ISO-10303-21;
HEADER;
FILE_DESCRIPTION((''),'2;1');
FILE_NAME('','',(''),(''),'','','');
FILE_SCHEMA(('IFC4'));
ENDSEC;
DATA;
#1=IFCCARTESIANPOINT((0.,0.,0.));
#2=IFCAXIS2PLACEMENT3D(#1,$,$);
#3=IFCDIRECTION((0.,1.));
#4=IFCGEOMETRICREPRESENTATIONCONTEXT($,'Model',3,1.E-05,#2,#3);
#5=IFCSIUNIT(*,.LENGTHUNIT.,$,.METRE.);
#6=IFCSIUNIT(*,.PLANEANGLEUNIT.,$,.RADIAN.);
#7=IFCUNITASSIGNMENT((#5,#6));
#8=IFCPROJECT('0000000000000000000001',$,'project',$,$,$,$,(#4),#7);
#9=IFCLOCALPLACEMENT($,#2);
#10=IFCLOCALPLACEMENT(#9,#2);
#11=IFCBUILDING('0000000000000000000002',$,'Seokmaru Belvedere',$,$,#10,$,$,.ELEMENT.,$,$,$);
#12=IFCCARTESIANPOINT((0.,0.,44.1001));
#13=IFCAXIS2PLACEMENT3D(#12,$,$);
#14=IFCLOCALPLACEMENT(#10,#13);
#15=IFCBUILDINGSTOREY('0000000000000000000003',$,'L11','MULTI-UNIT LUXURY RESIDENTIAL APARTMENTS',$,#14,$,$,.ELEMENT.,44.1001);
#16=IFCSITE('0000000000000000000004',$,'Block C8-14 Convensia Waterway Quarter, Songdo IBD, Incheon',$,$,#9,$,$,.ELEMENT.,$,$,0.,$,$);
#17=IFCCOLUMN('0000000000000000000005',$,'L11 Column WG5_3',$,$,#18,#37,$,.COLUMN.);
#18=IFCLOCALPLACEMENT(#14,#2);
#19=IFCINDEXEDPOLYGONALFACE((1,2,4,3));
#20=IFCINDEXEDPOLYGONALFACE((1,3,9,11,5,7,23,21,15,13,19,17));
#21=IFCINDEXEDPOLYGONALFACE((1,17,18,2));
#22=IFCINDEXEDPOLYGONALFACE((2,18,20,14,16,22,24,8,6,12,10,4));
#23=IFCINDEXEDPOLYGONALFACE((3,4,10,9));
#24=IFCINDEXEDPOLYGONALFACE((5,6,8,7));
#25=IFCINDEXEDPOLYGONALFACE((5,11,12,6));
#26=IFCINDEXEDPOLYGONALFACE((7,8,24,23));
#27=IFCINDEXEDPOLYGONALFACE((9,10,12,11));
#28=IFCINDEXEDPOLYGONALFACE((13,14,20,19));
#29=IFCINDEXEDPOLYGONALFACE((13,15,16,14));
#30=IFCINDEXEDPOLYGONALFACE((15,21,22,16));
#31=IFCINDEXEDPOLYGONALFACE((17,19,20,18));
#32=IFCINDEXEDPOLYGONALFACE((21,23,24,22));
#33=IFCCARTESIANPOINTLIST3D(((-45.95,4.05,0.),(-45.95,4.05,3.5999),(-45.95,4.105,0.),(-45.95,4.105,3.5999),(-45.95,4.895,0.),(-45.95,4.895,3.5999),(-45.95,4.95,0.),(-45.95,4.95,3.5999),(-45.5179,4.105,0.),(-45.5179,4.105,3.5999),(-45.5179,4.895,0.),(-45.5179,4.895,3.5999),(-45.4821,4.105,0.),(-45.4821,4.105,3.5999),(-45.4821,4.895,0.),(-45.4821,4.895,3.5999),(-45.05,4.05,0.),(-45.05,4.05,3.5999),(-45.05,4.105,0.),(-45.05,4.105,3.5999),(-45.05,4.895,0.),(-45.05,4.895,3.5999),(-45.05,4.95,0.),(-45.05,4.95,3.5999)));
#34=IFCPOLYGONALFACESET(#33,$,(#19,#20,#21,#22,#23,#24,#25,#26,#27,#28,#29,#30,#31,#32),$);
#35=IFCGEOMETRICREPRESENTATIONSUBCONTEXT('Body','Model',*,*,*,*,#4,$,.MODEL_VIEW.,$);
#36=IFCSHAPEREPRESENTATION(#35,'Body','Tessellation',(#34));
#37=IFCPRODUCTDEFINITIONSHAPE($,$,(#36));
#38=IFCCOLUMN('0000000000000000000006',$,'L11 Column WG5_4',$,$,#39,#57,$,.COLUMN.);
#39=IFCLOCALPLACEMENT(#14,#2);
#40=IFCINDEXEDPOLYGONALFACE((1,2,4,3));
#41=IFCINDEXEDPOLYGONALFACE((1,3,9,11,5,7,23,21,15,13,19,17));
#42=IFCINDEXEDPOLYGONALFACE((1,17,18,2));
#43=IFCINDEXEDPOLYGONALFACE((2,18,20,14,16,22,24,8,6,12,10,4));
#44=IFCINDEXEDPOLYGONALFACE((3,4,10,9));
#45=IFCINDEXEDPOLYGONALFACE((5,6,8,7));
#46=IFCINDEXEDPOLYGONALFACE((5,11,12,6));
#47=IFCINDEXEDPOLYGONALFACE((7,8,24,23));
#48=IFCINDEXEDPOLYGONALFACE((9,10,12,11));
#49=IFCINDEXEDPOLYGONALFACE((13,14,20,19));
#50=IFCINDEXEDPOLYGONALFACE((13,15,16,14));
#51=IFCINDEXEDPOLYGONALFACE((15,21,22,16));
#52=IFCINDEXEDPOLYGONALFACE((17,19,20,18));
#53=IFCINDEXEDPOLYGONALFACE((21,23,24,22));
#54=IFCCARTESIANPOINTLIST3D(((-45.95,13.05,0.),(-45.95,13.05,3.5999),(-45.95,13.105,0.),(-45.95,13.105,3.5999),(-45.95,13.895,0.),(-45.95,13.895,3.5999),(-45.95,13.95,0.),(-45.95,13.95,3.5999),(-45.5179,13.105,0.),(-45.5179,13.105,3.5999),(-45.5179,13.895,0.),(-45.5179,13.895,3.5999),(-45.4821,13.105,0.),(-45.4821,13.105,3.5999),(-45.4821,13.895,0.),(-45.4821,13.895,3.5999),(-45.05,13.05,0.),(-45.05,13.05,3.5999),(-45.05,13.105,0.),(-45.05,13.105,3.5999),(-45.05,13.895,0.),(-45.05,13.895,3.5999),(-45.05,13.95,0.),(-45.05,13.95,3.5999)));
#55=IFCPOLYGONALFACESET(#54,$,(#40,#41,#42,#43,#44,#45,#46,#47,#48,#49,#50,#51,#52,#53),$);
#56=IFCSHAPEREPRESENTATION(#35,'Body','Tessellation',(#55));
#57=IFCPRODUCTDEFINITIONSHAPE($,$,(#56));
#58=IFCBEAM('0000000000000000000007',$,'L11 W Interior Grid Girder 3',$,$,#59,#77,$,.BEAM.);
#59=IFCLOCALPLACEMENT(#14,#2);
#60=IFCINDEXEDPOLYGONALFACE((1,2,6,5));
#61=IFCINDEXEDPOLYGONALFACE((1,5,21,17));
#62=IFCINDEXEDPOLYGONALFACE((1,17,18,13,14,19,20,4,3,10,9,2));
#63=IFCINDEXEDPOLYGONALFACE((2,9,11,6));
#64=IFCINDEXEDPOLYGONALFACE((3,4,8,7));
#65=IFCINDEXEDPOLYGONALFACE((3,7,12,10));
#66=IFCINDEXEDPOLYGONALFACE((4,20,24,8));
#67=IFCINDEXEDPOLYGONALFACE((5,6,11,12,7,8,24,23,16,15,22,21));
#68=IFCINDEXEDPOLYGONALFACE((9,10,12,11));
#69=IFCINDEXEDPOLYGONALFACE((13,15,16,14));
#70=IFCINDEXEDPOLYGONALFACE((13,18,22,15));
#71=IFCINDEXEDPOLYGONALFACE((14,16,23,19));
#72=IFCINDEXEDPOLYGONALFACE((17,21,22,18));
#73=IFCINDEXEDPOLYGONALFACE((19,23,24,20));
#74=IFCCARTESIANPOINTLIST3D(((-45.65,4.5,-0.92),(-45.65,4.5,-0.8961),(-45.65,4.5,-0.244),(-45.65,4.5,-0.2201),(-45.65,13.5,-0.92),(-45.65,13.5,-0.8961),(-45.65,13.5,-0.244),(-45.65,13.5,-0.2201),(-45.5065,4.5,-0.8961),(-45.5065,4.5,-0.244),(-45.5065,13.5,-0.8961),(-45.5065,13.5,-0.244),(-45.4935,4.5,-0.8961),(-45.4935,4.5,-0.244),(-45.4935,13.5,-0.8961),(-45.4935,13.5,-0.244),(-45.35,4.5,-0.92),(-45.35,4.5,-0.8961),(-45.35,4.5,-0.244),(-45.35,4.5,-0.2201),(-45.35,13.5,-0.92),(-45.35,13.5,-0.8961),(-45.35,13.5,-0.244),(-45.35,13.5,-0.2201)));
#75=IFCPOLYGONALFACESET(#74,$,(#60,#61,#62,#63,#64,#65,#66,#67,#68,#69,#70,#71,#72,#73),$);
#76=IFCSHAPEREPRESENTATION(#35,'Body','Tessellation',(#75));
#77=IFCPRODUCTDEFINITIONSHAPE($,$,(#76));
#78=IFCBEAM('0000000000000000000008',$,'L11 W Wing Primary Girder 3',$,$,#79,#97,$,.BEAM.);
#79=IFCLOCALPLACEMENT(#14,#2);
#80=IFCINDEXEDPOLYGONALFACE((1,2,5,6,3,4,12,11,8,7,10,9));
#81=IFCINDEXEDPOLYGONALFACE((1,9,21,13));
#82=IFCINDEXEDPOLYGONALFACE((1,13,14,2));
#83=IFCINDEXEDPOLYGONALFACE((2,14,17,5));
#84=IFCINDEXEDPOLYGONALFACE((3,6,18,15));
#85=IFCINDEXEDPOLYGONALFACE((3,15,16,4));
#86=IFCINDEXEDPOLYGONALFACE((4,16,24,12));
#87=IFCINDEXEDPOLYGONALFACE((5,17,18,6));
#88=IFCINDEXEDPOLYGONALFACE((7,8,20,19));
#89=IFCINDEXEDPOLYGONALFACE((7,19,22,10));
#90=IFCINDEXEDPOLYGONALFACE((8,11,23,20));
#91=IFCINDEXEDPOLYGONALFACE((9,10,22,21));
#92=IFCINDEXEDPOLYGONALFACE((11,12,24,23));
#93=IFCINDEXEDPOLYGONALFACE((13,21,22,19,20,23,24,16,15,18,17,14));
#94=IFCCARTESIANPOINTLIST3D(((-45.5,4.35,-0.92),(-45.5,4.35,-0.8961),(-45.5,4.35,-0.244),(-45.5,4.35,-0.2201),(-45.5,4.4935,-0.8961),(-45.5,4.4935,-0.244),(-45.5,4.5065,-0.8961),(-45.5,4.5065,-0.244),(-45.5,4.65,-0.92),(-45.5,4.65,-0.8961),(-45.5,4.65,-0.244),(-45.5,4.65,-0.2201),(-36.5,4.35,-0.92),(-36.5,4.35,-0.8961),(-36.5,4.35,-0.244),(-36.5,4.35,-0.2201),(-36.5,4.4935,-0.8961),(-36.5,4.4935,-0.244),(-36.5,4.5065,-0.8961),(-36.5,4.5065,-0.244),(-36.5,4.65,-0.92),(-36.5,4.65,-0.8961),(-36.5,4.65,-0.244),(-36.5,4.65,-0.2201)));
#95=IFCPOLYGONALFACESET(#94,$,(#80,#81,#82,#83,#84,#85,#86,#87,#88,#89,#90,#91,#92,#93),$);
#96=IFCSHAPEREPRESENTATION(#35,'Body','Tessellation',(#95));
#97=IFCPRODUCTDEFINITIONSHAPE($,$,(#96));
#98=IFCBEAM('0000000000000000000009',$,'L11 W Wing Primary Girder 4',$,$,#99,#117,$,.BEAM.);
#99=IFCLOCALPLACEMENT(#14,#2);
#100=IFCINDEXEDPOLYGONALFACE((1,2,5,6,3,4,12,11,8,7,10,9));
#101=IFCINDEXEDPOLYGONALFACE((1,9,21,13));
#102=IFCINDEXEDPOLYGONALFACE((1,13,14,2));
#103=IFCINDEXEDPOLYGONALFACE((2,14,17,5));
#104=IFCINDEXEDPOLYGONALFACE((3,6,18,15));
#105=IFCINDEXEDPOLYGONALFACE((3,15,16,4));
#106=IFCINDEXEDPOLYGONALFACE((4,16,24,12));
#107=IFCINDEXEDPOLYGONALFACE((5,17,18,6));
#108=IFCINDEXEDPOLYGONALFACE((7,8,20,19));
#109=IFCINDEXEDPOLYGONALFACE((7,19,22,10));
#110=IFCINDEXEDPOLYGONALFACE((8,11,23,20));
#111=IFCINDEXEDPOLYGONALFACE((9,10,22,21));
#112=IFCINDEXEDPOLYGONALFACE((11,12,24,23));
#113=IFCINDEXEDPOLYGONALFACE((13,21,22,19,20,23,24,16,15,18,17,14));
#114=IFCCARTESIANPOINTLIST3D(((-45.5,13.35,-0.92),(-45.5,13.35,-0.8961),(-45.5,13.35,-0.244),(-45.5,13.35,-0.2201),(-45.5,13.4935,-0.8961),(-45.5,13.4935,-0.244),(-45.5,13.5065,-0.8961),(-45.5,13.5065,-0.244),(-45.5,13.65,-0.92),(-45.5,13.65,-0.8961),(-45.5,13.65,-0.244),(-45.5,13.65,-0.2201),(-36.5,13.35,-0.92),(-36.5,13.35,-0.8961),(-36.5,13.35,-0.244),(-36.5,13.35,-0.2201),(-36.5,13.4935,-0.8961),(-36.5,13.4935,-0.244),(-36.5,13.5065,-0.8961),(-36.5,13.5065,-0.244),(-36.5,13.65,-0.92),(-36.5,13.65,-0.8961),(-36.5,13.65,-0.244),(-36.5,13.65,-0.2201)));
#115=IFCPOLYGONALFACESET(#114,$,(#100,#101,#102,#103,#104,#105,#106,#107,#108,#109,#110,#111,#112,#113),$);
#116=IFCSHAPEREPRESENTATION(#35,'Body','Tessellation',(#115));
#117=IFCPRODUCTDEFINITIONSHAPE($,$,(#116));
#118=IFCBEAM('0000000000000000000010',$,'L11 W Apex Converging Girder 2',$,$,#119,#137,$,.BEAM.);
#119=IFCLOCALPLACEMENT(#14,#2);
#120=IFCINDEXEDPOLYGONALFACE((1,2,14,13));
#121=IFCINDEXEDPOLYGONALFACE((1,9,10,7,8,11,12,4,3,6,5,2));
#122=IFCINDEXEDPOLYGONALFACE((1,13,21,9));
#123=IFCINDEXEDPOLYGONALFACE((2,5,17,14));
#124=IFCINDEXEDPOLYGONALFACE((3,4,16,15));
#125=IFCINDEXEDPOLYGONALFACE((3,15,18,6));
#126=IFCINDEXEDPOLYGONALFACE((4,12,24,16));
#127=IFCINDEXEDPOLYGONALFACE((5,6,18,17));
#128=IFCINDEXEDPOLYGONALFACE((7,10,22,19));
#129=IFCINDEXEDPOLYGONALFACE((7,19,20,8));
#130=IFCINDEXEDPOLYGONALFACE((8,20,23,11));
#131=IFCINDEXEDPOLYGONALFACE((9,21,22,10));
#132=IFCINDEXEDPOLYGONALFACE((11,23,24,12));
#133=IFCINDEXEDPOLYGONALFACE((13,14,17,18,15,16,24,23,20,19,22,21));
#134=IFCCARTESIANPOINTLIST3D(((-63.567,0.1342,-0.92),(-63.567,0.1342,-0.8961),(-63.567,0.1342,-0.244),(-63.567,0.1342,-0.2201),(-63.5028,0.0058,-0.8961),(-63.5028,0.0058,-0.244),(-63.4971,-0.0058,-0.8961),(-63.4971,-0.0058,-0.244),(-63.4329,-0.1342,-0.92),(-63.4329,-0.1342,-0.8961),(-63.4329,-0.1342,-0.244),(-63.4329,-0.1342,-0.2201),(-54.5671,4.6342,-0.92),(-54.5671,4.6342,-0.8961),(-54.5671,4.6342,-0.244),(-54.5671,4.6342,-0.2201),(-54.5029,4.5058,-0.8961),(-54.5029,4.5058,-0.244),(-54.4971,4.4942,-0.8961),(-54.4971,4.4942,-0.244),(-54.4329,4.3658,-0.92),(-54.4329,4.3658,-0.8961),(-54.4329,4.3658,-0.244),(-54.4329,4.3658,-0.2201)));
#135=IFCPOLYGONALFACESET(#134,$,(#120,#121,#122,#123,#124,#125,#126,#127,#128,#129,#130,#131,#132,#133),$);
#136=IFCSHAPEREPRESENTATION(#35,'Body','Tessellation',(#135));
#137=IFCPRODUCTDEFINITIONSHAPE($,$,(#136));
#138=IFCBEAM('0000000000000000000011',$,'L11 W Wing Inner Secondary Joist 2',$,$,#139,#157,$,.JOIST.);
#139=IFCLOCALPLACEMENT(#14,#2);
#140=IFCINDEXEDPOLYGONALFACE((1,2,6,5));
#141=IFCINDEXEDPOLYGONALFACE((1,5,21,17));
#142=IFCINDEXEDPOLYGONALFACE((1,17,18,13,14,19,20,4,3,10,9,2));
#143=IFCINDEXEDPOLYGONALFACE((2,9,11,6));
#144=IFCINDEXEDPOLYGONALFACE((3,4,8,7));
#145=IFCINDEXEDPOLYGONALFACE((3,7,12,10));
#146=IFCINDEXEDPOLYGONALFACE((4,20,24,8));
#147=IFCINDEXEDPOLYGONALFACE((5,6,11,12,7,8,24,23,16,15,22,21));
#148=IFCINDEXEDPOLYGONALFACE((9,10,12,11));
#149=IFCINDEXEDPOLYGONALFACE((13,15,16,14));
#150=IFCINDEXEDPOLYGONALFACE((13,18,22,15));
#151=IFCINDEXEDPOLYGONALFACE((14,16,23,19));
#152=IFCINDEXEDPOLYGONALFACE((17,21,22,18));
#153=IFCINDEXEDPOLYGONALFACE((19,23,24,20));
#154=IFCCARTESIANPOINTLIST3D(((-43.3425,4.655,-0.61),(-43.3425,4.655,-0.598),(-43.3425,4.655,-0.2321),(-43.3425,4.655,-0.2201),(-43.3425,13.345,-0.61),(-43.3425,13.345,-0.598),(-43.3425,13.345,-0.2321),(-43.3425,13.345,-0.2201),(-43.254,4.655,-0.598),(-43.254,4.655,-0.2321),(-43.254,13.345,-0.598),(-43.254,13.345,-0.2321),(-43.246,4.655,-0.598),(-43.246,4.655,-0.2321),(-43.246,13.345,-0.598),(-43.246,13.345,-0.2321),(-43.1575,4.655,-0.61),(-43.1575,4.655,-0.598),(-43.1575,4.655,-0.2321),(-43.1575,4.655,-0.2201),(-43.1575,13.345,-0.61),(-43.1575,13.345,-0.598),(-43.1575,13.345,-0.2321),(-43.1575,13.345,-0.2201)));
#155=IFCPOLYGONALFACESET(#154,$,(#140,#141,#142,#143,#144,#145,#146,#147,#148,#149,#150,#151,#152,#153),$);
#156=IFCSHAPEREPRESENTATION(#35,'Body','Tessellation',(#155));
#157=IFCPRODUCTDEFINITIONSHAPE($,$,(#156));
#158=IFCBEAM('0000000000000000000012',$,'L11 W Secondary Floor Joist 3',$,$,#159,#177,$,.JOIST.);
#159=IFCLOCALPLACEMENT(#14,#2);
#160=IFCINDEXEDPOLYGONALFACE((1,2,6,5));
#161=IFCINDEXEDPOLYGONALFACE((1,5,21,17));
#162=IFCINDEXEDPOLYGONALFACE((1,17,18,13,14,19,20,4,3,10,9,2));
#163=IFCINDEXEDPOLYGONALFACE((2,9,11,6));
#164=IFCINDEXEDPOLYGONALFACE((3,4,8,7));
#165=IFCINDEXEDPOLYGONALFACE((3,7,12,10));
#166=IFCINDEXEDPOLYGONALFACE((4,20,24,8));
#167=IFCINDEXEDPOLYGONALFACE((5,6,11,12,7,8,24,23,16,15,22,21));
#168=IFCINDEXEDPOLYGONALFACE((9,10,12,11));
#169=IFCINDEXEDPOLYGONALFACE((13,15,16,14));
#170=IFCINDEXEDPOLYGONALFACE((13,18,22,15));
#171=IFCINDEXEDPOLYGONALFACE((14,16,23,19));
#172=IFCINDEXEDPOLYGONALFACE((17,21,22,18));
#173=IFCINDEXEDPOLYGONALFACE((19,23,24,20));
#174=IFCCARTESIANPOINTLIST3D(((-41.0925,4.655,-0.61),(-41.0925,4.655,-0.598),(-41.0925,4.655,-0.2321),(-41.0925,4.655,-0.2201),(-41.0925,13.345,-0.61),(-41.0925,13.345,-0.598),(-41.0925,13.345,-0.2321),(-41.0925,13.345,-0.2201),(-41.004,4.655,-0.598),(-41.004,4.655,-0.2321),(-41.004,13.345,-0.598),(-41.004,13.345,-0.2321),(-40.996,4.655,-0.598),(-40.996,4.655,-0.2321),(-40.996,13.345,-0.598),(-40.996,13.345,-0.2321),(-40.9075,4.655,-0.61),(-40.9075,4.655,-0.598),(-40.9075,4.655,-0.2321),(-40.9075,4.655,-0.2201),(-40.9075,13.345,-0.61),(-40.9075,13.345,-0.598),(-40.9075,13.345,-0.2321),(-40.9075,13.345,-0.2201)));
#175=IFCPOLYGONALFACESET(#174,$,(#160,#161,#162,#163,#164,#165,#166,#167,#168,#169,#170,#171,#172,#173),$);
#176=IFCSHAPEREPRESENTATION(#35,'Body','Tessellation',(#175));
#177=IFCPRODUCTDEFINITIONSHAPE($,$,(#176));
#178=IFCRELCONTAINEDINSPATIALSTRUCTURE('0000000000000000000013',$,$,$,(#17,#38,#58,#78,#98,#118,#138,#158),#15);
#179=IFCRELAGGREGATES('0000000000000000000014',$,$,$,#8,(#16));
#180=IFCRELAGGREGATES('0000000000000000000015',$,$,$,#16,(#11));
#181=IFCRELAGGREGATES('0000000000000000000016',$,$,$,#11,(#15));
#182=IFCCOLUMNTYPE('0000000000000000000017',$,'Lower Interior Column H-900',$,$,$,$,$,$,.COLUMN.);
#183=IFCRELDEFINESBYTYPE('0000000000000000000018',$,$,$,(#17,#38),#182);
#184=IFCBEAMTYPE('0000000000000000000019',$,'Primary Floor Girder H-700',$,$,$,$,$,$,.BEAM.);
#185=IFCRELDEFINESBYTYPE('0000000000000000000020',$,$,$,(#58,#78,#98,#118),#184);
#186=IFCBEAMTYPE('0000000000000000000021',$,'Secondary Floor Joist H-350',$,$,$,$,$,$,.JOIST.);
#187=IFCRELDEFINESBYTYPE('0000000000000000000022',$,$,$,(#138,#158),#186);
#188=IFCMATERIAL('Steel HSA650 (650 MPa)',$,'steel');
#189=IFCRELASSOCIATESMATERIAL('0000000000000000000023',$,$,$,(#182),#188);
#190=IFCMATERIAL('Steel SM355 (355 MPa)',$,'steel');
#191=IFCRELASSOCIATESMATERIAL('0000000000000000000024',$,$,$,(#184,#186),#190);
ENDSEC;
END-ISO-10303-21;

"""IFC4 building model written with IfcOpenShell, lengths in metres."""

from ifc_helpers import new_model, si_unit, direction, frame, origin, origin_2d, place, context, subcontext, project, spatial, i_section, extrude, source, transform, mapped, material, material_profile, profile_set, type_object, type_shapes, element, save


model = new_model("IFC4")

# Units and contexts
model_context = context("Model", 3, precision=1e-05, world=origin(), true_north=direction((0.0, 1.0)))
body_context = subcontext(model_context, "Body", "Model", "MODEL_VIEW")
ifc_project = project(units=[si_unit("LENGTHUNIT", "METRE"), si_unit("PLANEANGLEUNIT", "RADIAN")], contexts=[model_context])

# Site, building, storey
site_placement = place(None, origin())
site = spatial("IfcSite", under=ifc_project, at=site_placement, Name="Block C8-14 Convensia Waterway Quarter, Songdo IBD, Incheon", CompositionType="ELEMENT", RefElevation=0.0)
building_placement = place(site_placement, origin())
building = spatial("IfcBuilding", under=site, at=building_placement, Name="Seokmaru Belvedere", CompositionType="ELEMENT")
storey_placement = place(building_placement, frame((0.0, 0.0, 44.1001)))
storey = spatial("IfcBuildingStorey", under=building, at=storey_placement, Name="L11", Description="MULTI-UNIT LUXURY RESIDENTIAL APARTMENTS", CompositionType="ELEMENT", Elevation=44.1001)

# Columns
ifc_material_1 = material(Name="Steel HSA650 (650 MPa)", Category="steel")
ifc_material_profile_1 = material_profile(ifc_material_1, i_section(OverallWidth=0.8999, OverallDepth=0.8999, WebThickness=0.0359, FlangeThickness=0.0549, at=origin_2d()), Name="H-900x900x36x55")
ifc_profile_set_1 = profile_set([ifc_material_profile_1], Name="Steel HSA650 (650 MPa)")
column_type = type_object("IfcColumnType", Name="Lower Interior Column H-900", PredefinedType="COLUMN", material=ifc_profile_set_1)
shared_shape_1 = source(origin(), body_context, "Body", "SweptSolid", [
    extrude(i_section(OverallWidth=0.8999, OverallDepth=0.8999, WebThickness=0.0359, FlangeThickness=0.0549, at=origin_2d()), origin(), (0.0, 0.0, 1.0), 3.5999),
])
type_shapes(column_type, [shared_shape_1])
for number, where, z_axis, x_axis, name in (
    (1, (-45.5, 4.5, 0.0), (0.0, 0.0, 1.0), (1.0, 0.0, 0.0), "L11 Column WG5_3"),
    (2, (-45.5, 13.5, 0.0), (0.0, 0.0, 1.0), (1.0, 0.0, 0.0), "L11 Column WG5_4"),
):
    element("IfcColumn", number, at=place(storey_placement, frame(where, z_axis=z_axis, x_axis=x_axis)), inside=storey, type_object=column_type, Name=name, PredefinedType="COLUMN", context=body_context, shape_type="MappedRepresentation", body=[
        mapped(shared_shape_1, transform((0.0, 0.0, 0.0), scale=1.0)),
    ])

# Beams
ifc_material_2 = material(Name="Steel SM355 (355 MPa)", Category="steel")
ifc_material_profile_2 = material_profile(ifc_material_2, i_section(OverallWidth=0.3, OverallDepth=0.7, WebThickness=0.0129, FlangeThickness=0.0239, at=origin_2d()), Name="H-700x300x13x24")
ifc_profile_set_2 = profile_set([ifc_material_profile_2], Name="Steel SM355 (355 MPa)")
beam_type_1 = type_object("IfcBeamType", Name="Primary Floor Girder H-700", PredefinedType="BEAM", material=ifc_profile_set_2)
shared_shape_2 = source(origin(), body_context, "Body", "SweptSolid", [
    extrude(i_section(OverallWidth=0.3, OverallDepth=0.7, WebThickness=0.0129, FlangeThickness=0.0239, at=origin_2d()), origin(), (0.0, 0.0, 1.0), 9.0),
])
for number, where, z_axis, x_axis, name in (
    (3, (-45.5, 4.5, -0.5701), (0.0, 1.0, 0.0), (-1.0, 0.0, 0.0), "L11 W Interior Grid Girder 3"),
    (4, (-45.5, 4.5, -0.5701), (1.0, 0.0, 0.0), (0.0, 1.0, 0.0), "L11 W Wing Primary Girder 3"),
    (5, (-45.5, 13.5, -0.5701), (1.0, 0.0, 0.0), (0.0, 1.0, 0.0), "L11 W Wing Primary Girder 4"),
):
    element("IfcBeam", number, at=place(storey_placement, frame(where, z_axis=z_axis, x_axis=x_axis)), inside=storey, type_object=beam_type_1, Name=name, PredefinedType="BEAM", context=body_context, shape_type="MappedRepresentation", body=[
        mapped(shared_shape_2, transform((0.0, 0.0, 0.0), scale=1.0)),
    ])
shared_shape_3 = source(origin(), body_context, "Body", "SweptSolid", [
    extrude(i_section(OverallWidth=0.3, OverallDepth=0.7, WebThickness=0.0129, FlangeThickness=0.0239, at=origin_2d()), origin(), (0.0, 0.0, 1.0), 10.0623),
])
type_shapes(beam_type_1, [shared_shape_2, shared_shape_3])
beam_placement = place(storey_placement, frame((-54.5, 4.5, -0.5701), z_axis=(-0.894427, -0.447214, 0.0), x_axis=(0.447214, -0.894427, 0.0)))
element("IfcBeam", 6, at=beam_placement, inside=storey, type_object=beam_type_1, Name="L11 W Apex Converging Girder 2", PredefinedType="BEAM", context=body_context, shape_type="MappedRepresentation", body=[
    mapped(shared_shape_3, transform((0.0, 0.0, 0.0), scale=1.0)),
])
ifc_material_profile_3 = material_profile(ifc_material_2, i_section(OverallWidth=0.1851, OverallDepth=0.3899, WebThickness=0.0081, FlangeThickness=0.012, at=origin_2d()), Name="H-390x185x8x12")
ifc_profile_set_3 = profile_set([ifc_material_profile_3], Name="Steel SM355 (355 MPa)")
beam_type_2 = type_object("IfcBeamType", Name="Secondary Floor Joist H-350", PredefinedType="JOIST", material=ifc_profile_set_3)
shared_shape_4 = source(origin(), body_context, "Body", "SweptSolid", [
    extrude(i_section(OverallWidth=0.1851, OverallDepth=0.3899, WebThickness=0.0081, FlangeThickness=0.012, at=origin_2d()), origin(), (0.0, 0.0, 1.0), 8.6899),
])
type_shapes(beam_type_2, [shared_shape_4])
for number, where, z_axis, x_axis, name in (
    (7, (-43.25, 4.655, -0.415), (0.0, 1.0, 0.0), (-1.0, 0.0, 0.0), "L11 W Wing Inner Secondary Joist 2"),
    (8, (-41.0, 4.655, -0.415), (0.0, 1.0, 0.0), (-1.0, 0.0, 0.0), "L11 W Secondary Floor Joist 3"),
):
    element("IfcBeam", number, at=place(storey_placement, frame(where, z_axis=z_axis, x_axis=x_axis)), inside=storey, type_object=beam_type_2, Name=name, PredefinedType="JOIST", context=body_context, shape_type="MappedRepresentation", body=[
        mapped(shared_shape_4, transform((0.0, 0.0, 0.0), scale=1.0)),
    ])

save(model, "model.ifc")
